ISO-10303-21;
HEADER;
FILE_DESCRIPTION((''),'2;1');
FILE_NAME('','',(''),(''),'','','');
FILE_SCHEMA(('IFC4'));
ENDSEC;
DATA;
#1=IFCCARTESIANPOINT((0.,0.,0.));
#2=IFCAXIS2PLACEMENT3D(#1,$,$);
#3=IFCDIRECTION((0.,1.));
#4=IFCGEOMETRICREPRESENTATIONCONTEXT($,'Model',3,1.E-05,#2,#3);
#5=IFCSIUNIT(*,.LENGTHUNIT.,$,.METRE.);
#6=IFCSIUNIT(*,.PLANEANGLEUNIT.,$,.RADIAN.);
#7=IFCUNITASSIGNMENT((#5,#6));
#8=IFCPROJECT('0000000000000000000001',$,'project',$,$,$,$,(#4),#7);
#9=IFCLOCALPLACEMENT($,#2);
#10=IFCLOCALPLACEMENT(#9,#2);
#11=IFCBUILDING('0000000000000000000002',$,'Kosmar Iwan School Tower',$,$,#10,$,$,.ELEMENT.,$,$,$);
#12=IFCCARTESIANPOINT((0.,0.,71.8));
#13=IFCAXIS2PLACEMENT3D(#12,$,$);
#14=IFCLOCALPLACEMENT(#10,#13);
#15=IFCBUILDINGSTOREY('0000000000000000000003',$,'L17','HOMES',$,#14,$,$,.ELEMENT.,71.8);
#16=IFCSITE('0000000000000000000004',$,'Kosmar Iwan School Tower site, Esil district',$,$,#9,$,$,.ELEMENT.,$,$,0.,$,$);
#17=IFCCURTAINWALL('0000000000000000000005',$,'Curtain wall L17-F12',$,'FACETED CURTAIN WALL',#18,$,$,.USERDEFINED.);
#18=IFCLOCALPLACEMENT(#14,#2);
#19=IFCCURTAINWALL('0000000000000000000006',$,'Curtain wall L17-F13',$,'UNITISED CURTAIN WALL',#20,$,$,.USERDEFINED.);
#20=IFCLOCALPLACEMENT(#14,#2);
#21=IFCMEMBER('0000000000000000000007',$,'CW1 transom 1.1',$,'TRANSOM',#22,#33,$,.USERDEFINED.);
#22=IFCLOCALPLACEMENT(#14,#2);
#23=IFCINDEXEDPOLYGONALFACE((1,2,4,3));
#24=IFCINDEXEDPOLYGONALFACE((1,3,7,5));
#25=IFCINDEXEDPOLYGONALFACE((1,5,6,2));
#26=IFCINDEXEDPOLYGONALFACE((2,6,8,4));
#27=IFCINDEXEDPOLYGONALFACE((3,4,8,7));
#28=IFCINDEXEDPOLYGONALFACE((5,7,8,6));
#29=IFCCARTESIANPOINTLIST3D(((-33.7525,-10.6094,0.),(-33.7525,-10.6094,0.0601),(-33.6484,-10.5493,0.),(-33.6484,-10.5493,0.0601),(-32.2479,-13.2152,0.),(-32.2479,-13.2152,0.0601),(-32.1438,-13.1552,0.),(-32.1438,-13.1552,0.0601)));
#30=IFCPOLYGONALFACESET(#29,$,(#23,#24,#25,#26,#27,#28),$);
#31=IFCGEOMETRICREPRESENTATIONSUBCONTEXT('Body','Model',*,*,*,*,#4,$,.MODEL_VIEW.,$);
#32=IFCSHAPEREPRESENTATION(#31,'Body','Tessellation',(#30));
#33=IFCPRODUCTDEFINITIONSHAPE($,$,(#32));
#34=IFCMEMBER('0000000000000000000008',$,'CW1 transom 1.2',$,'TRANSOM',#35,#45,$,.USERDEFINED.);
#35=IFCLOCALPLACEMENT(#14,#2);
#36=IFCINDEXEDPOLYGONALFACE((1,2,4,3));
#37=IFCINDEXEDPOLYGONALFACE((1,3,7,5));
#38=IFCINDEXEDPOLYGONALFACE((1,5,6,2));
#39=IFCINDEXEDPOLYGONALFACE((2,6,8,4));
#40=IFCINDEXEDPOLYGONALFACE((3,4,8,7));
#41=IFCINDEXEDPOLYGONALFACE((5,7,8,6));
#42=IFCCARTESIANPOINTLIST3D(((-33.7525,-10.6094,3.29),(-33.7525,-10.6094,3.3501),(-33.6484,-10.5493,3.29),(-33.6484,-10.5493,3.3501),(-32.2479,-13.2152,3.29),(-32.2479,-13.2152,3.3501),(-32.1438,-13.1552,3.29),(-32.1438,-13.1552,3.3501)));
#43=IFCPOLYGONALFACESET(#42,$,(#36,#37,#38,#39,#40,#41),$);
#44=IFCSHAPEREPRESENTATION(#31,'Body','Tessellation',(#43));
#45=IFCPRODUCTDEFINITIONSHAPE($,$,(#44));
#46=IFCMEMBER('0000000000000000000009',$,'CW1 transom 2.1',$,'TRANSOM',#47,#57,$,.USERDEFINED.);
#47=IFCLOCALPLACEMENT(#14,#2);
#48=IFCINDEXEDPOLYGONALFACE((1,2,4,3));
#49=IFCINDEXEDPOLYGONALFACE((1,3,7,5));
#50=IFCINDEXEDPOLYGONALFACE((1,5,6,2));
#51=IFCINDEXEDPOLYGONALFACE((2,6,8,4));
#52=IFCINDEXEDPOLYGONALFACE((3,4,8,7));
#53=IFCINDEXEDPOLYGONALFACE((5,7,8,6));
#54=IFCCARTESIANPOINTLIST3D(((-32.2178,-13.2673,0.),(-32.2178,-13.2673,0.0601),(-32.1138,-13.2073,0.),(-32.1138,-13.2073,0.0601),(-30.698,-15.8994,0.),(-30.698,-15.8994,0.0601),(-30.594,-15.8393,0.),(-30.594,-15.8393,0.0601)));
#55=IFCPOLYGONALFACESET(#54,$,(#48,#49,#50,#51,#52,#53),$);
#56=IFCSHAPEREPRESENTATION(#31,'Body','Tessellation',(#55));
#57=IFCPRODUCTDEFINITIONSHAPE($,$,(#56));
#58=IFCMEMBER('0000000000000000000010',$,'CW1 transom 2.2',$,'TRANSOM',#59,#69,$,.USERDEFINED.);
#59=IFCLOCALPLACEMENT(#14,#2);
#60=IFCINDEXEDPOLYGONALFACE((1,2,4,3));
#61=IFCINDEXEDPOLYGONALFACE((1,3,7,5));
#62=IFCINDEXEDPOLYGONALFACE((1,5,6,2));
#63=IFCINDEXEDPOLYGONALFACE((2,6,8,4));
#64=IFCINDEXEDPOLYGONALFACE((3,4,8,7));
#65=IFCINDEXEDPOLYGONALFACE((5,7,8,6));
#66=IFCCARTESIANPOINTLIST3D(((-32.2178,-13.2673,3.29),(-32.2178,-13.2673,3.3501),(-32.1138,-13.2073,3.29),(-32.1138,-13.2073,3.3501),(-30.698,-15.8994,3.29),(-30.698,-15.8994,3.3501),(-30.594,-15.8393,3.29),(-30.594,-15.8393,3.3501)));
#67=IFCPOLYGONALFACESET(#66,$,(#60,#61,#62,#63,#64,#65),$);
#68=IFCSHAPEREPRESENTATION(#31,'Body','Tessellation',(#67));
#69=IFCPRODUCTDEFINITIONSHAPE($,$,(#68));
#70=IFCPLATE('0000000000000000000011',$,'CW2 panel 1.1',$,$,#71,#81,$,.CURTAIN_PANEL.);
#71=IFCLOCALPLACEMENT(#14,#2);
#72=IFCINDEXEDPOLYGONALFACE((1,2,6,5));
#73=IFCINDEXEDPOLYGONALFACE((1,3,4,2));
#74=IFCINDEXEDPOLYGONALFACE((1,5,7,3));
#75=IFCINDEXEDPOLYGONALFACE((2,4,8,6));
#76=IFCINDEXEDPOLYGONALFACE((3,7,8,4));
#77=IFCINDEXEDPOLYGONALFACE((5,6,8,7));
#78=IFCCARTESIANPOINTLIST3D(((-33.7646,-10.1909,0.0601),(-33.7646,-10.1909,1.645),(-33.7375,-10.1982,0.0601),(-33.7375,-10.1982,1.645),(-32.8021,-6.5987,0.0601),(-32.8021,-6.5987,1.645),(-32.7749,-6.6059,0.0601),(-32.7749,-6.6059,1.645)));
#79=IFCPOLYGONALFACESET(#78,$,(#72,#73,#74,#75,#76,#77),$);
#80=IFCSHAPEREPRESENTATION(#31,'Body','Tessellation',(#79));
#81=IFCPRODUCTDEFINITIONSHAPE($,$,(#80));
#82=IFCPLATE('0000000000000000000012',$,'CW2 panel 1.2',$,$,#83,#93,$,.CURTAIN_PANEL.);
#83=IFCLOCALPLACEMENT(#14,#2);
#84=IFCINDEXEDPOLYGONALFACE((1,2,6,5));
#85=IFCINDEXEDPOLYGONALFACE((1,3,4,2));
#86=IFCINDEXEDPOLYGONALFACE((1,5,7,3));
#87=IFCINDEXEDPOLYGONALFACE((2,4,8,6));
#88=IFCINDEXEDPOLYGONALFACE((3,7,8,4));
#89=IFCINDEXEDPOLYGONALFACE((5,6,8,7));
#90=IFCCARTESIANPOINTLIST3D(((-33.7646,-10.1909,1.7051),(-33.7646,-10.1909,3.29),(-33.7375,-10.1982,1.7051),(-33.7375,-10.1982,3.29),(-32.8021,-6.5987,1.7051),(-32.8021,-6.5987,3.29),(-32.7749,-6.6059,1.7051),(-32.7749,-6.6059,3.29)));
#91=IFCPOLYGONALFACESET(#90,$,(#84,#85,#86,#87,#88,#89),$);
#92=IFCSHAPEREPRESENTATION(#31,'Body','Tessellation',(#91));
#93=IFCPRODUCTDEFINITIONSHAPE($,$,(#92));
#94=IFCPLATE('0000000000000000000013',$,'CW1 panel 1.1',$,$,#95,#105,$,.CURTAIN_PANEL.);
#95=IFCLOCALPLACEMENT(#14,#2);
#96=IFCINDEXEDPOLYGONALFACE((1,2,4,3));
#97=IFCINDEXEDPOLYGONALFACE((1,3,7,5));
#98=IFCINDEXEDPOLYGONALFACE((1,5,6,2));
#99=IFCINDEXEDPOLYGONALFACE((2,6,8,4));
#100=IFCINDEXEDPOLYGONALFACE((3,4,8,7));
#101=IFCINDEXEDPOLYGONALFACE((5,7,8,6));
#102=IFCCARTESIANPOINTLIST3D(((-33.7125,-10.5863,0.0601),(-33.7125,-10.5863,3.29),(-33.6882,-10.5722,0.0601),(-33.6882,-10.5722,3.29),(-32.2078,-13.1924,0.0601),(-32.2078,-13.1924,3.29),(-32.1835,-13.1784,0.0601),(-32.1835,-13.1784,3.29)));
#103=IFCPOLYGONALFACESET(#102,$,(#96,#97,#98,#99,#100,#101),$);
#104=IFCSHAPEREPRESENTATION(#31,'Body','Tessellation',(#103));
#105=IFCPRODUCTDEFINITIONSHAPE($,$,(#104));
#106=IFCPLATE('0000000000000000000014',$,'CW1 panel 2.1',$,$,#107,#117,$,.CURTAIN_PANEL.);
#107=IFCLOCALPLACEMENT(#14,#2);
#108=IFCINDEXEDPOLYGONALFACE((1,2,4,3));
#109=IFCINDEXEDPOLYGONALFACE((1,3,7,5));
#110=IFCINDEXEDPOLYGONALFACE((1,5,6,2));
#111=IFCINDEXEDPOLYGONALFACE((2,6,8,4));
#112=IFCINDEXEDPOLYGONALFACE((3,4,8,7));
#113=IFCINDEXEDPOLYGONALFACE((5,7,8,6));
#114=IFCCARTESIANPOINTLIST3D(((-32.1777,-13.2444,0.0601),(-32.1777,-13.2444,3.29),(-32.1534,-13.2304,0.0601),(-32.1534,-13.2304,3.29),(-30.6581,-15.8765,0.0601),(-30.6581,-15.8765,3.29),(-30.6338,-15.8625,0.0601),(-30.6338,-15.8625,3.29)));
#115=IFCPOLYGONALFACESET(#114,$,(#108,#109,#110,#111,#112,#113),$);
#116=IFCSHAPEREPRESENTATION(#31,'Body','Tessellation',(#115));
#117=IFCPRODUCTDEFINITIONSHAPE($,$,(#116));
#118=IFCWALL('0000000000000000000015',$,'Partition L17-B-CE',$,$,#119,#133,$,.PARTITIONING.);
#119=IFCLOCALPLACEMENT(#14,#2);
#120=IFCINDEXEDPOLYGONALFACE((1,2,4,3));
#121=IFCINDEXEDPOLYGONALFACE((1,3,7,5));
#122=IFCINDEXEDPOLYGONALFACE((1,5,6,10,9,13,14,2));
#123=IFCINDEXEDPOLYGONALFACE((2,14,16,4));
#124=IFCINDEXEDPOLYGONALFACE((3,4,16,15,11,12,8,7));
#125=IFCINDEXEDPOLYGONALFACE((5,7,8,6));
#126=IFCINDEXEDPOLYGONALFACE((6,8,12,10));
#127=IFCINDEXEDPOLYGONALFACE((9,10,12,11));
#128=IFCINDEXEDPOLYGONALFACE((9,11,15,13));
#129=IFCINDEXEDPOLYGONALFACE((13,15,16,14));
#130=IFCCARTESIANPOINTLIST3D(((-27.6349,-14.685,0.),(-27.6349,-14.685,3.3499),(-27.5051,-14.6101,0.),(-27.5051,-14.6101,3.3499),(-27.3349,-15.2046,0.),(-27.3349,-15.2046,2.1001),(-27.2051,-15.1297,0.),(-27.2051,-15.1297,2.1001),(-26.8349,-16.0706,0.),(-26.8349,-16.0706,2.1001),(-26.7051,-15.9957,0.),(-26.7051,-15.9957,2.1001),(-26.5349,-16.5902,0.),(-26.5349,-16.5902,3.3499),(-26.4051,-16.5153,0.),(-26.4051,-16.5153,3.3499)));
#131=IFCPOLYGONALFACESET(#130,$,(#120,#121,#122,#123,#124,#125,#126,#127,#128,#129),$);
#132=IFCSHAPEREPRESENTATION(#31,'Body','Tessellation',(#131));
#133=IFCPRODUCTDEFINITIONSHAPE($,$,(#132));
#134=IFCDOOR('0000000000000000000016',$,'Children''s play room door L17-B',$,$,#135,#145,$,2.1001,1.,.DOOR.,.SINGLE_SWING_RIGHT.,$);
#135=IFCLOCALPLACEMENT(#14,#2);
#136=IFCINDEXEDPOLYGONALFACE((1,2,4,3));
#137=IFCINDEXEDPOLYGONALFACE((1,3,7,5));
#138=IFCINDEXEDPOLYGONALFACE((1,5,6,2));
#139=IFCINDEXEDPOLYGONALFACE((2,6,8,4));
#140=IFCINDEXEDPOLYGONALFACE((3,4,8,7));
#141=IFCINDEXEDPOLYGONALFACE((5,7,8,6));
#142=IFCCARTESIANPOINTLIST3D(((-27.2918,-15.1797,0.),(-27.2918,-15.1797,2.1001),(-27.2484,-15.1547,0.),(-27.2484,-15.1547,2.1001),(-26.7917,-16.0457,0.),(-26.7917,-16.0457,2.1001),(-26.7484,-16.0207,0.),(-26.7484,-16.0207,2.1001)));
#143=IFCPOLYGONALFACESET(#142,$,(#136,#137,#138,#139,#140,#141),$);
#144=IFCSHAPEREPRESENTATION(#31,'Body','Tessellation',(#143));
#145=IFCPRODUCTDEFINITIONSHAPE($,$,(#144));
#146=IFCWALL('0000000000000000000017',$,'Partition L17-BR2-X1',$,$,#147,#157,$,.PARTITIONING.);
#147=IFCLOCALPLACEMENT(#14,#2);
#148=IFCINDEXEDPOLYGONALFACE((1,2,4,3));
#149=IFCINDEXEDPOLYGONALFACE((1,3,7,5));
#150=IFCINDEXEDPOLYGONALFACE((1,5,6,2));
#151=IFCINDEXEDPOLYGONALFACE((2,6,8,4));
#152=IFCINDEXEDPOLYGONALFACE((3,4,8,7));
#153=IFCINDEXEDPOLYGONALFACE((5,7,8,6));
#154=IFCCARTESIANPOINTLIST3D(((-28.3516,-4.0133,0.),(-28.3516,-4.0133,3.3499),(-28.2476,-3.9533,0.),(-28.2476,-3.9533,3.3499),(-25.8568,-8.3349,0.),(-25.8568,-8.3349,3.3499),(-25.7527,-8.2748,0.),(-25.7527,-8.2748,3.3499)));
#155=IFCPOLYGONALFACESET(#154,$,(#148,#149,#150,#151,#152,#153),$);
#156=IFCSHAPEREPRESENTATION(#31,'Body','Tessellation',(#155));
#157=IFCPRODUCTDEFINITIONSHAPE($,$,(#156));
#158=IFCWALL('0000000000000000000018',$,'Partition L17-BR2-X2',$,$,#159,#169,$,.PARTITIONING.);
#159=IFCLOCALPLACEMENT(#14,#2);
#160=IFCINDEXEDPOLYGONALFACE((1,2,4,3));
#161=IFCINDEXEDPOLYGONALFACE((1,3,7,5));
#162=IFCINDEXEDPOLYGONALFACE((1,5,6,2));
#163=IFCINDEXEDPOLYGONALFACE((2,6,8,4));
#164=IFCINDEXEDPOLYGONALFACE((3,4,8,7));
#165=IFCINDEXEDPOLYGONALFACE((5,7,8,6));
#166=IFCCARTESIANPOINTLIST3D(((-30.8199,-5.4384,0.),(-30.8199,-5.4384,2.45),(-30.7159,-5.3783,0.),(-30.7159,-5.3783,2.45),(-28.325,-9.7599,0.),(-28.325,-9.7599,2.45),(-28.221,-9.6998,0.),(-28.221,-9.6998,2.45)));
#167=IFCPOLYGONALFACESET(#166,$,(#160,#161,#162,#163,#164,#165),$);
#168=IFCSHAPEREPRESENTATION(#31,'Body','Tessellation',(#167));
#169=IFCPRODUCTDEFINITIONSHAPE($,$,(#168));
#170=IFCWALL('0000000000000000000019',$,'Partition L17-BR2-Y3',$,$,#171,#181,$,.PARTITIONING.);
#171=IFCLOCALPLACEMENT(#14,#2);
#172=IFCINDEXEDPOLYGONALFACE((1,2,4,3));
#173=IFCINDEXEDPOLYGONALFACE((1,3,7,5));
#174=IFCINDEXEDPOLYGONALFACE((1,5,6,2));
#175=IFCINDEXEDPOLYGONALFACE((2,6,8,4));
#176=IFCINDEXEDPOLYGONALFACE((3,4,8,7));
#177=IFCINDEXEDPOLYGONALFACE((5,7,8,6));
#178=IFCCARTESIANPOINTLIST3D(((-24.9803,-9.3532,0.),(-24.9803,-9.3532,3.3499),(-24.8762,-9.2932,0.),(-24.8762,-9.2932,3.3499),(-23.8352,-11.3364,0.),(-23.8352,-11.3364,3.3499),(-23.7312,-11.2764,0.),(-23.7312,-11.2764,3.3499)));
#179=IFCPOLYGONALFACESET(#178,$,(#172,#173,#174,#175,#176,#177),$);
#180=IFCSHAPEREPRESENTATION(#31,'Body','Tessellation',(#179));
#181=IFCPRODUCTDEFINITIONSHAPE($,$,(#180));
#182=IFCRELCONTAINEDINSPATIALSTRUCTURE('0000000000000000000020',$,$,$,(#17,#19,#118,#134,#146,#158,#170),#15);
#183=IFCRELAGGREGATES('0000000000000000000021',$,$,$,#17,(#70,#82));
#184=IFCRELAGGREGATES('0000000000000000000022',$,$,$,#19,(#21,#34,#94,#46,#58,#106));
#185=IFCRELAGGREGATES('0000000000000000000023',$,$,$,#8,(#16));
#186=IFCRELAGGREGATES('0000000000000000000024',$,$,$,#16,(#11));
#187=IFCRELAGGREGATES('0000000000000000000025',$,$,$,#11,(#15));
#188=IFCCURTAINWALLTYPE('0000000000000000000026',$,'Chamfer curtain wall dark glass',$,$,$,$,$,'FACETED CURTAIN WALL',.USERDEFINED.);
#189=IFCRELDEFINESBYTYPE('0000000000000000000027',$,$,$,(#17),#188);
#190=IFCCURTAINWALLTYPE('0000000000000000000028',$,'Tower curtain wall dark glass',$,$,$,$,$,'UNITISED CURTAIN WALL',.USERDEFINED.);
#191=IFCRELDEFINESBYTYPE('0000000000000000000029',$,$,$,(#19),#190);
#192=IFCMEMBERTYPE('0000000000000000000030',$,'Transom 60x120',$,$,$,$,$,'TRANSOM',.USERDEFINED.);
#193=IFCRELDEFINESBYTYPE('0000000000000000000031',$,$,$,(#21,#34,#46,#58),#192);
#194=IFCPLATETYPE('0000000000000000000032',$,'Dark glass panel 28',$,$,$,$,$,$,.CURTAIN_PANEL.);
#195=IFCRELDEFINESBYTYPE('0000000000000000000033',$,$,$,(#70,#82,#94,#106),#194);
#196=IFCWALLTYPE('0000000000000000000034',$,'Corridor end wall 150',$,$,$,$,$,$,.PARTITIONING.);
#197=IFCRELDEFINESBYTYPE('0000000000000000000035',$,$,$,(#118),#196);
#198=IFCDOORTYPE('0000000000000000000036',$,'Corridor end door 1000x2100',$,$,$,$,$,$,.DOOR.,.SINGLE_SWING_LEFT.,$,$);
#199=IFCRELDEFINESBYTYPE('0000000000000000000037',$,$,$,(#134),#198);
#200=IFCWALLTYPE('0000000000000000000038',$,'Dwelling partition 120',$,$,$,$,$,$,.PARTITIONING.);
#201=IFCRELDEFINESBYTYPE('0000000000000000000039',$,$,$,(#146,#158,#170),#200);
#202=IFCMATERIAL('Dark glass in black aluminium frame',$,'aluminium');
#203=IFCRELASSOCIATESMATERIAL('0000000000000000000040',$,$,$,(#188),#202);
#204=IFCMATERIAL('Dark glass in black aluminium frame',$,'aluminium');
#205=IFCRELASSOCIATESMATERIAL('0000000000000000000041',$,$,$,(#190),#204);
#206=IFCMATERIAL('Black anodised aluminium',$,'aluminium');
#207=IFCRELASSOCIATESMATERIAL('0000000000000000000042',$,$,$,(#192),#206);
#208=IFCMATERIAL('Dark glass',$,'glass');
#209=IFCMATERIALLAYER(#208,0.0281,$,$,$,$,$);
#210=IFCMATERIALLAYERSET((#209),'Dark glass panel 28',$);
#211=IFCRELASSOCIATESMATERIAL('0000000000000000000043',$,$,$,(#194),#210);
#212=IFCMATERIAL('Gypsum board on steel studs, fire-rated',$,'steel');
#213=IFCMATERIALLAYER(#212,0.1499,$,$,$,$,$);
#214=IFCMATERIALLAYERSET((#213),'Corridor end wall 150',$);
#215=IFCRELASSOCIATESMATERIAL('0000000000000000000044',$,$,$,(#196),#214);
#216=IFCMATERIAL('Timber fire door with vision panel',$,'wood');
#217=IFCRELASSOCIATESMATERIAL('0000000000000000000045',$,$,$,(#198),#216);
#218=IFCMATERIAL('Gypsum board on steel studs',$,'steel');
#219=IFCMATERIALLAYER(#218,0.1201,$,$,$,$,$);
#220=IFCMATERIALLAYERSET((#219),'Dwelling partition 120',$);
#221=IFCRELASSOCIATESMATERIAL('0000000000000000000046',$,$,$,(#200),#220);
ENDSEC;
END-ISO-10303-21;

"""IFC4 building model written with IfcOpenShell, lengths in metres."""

from ifc_helpers import new_model, si_unit, direction, frame, frame_2d, origin, origin_2d, place, context, subcontext, project, spatial, rectangle, extrude, material, layer, layer_set, material_profile, profile_set, type_object, element, fill, aggregate, save


model = new_model("IFC4")

# Units and contexts
model_context = context("Model", 3, precision=1e-05, world=origin(), true_north=direction((0.0, 1.0)))
body_context = subcontext(model_context, "Body", "Model", "MODEL_VIEW")
ifc_project = project(units=[si_unit("LENGTHUNIT", "METRE"), si_unit("PLANEANGLEUNIT", "RADIAN")], contexts=[model_context])

# Site, building, storey
site_placement = place(None, origin())
site = spatial("IfcSite", under=ifc_project, at=site_placement, Name="Kosmar Iwan School Tower site, Esil district", CompositionType="ELEMENT", RefElevation=0.0)
building_placement = place(site_placement, origin())
building = spatial("IfcBuilding", under=site, at=building_placement, Name="Kosmar Iwan School Tower", CompositionType="ELEMENT")
storey_placement = place(building_placement, frame((0.0, 0.0, 71.8)))
storey = spatial("IfcBuildingStorey", under=building, at=storey_placement, Name="L17", Description="HOMES", CompositionType="ELEMENT", Elevation=71.8)

# Curtain walls
ifc_material_1 = material(Name="Dark glass in black aluminium frame", Category="aluminium")
curtain_wall_type_1 = type_object("IfcCurtainWallType", Name="Chamfer curtain wall dark glass", ElementType="FACETED CURTAIN WALL", PredefinedType="USERDEFINED", material=ifc_material_1)
curtain_wall_1_placement = place(storey_placement, origin())
curtain_wall_1 = element("IfcCurtainWall", 1, at=curtain_wall_1_placement, inside=storey, type_object=curtain_wall_type_1, Name="Curtain wall L17-F12", ObjectType="FACETED CURTAIN WALL", PredefinedType="USERDEFINED")
ifc_material_2 = material(Name="Dark glass in black aluminium frame", Category="aluminium")
curtain_wall_type_2 = type_object("IfcCurtainWallType", Name="Tower curtain wall dark glass", ElementType="UNITISED CURTAIN WALL", PredefinedType="USERDEFINED", material=ifc_material_2)
curtain_wall_2_placement = place(storey_placement, origin())
curtain_wall_2 = element("IfcCurtainWall", 2, at=curtain_wall_2_placement, inside=storey, type_object=curtain_wall_type_2, Name="Curtain wall L17-F13", ObjectType="UNITISED CURTAIN WALL", PredefinedType="USERDEFINED")

# Members
ifc_material_3 = material(Name="Black anodised aluminium", Category="aluminium")
ifc_material_profile_1 = material_profile(ifc_material_3, rectangle(XDim=0.1201, YDim=0.0601, at=origin_2d()), Name="TRANSOM 60x120")
ifc_profile_set_1 = profile_set([ifc_material_profile_1], Name="Black anodised aluminium")
member_type_1 = type_object("IfcMemberType", Name="Transom 60x120", ElementType="TRANSOM", PredefinedType="USERDEFINED", material=ifc_profile_set_1)
member_1_placement = place(storey_placement, frame((-33.7004, -10.5793, 0.03), z_axis=(0.500022, -0.866013, 0.0), x_axis=(0.866013, 0.500022, 0.0)))
member_1 = element("IfcMember", 3, at=member_1_placement, type_object=member_type_1, Name="CW1 transom 1.1", ObjectType="TRANSOM", PredefinedType="USERDEFINED", context=body_context, shape_type="SweptSolid", body=[
    extrude(rectangle(XDim=0.1201, YDim=0.0601, at=origin_2d()), origin(), (0.0, 0.0, 1.0), 3.009),
])
member_2_placement = place(storey_placement, frame((-33.7004, -10.5793, 3.3201), z_axis=(0.500022, -0.866013, 0.0), x_axis=(0.866013, 0.500022, 0.0)))
member_2 = element("IfcMember", 4, at=member_2_placement, type_object=member_type_1, Name="CW1 transom 1.2", ObjectType="TRANSOM", PredefinedType="USERDEFINED", context=body_context, shape_type="SweptSolid", body=[
    extrude(rectangle(XDim=0.1201, YDim=0.0601, at=origin_2d()), origin(), (0.0, 0.0, 1.0), 3.009),
])
member_3_placement = place(storey_placement, frame((-32.1658, -13.2373, 0.03), z_axis=(0.500035, -0.866005, 0.0), x_axis=(0.866005, 0.500035, 0.0)))
member_3 = element("IfcMember", 5, at=member_3_placement, type_object=member_type_1, Name="CW1 transom 2.1", ObjectType="TRANSOM", PredefinedType="USERDEFINED", context=body_context, shape_type="SweptSolid", body=[
    extrude(rectangle(XDim=0.1201, YDim=0.0601, at=origin_2d()), origin(), (0.0, 0.0, 1.0), 3.0393),
])
member_4_placement = place(storey_placement, frame((-32.1658, -13.2373, 3.3201), z_axis=(0.500035, -0.866005, 0.0), x_axis=(0.866005, 0.500035, 0.0)))
member_4 = element("IfcMember", 6, at=member_4_placement, type_object=member_type_1, Name="CW1 transom 2.2", ObjectType="TRANSOM", PredefinedType="USERDEFINED", context=body_context, shape_type="SweptSolid", body=[
    extrude(rectangle(XDim=0.1201, YDim=0.0601, at=origin_2d()), origin(), (0.0, 0.0, 1.0), 3.0393),
])

# Plates
ifc_material_4 = material(Name="Dark glass", Category="glass")
ifc_layer_1 = layer(ifc_material_4, 0.0281)
ifc_layer_set_1 = layer_set([ifc_layer_1], Name="Dark glass panel 28")
plate_type = type_object("IfcPlateType", Name="Dark glass panel 28", PredefinedType="CURTAIN_PANEL", material=ifc_layer_set_1)
plate_1_placement = place(storey_placement, frame((-33.2698, -8.3984, 0.0601), z_axis=(0.0, 0.0, 1.0), x_axis=(-0.258819, -0.965926, 0.0)))
plate_1 = element("IfcPlate", 7, at=plate_1_placement, type_object=plate_type, Name="CW2 panel 1.1", PredefinedType="CURTAIN_PANEL", context=body_context, shape_type="SweptSolid", body=[
    extrude(rectangle(XDim=3.719, YDim=0.0281, at=origin_2d()), origin(), (0.0, 0.0, 1.0), 1.585),
])
plate_2_placement = place(storey_placement, frame((-33.2698, -8.3984, 1.7051), z_axis=(0.0, 0.0, 1.0), x_axis=(-0.258819, -0.965926, 0.0)))
plate_2 = element("IfcPlate", 8, at=plate_2_placement, type_object=plate_type, Name="CW2 panel 1.2", PredefinedType="CURTAIN_PANEL", context=body_context, shape_type="SweptSolid", body=[
    extrude(rectangle(XDim=3.719, YDim=0.0281, at=origin_2d()), origin(), (0.0, 0.0, 1.0), 1.585),
])
aggregate(curtain_wall_1, [plate_1, plate_2])
plate_3_placement = place(storey_placement, frame((-32.948, -11.8823, 0.0601), z_axis=(0.0, 0.0, 1.0), x_axis=(0.5, -0.866025, 0.0)))
plate_3 = element("IfcPlate", 9, at=plate_3_placement, type_object=plate_type, Name="CW1 panel 1.1", PredefinedType="CURTAIN_PANEL", context=body_context, shape_type="SweptSolid", body=[
    extrude(rectangle(XDim=3.0093, YDim=0.0281, at=origin_2d()), origin(), (0.0, 0.0, 1.0), 3.23),
])
plate_4_placement = place(storey_placement, frame((-31.4058, -14.5535, 0.0601), z_axis=(0.0, 0.0, 1.0), x_axis=(0.5, -0.866025, 0.0)))
plate_4 = element("IfcPlate", 10, at=plate_4_placement, type_object=plate_type, Name="CW1 panel 2.1", PredefinedType="CURTAIN_PANEL", context=body_context, shape_type="SweptSolid", body=[
    extrude(rectangle(XDim=3.0393, YDim=0.0281, at=origin_2d()), origin(), (0.0, 0.0, 1.0), 3.23),
])
aggregate(curtain_wall_2, [member_1, member_2, plate_3, member_3, member_4, plate_4])

# Wall, opening, door
ifc_material_5 = material(Name="Gypsum board on steel studs, fire-rated", Category="steel")
ifc_layer_2 = layer(ifc_material_5, 0.1499)
ifc_layer_set_2 = layer_set([ifc_layer_2], Name="Corridor end wall 150")
wall_type_1 = type_object("IfcWallType", Name="Corridor end wall 150", PredefinedType="PARTITIONING", material=ifc_layer_set_2)
wall_1_placement = place(storey_placement, frame((-27.5701, -14.6475, 0.0), z_axis=(0.0, 0.0, 1.0), x_axis=(0.50003, -0.866008, 0.0)))
wall_1 = element("IfcWall", 11, at=wall_1_placement, inside=storey, type_object=wall_type_1, Name="Partition L17-B-CE", PredefinedType="PARTITIONING", context=body_context, shape_type="SweptSolid", body=[
    extrude(rectangle(XDim=2.2, YDim=0.1499, at=frame_2d((1.1001, 0.0))), origin(), (0.0, 0.0, 1.0), 3.3499),
])
opening_placement = place(wall_1_placement, frame((0.6001, 0.0, 0.0)))
opening = element("IfcOpeningElement", 12, at=opening_placement, cuts=wall_1, PredefinedType="OPENING", context=body_context, shape_type="SweptSolid", body=[
    extrude(rectangle(XDim=1.0, YDim=2.1001, at=frame_2d((0.5, 1.05))), frame((0.0, 0.0869, 0.0), z_axis=(0.0, -1.0, 0.0), x_axis=(1.0, 0.0, 0.0)), (0.0, 0.0, 1.0), 0.1738),
])
ifc_material_6 = material(Name="Timber fire door with vision panel", Category="wood")
door_type = type_object("IfcDoorType", Name="Corridor end door 1000x2100", OperationType="SINGLE_SWING_LEFT", PredefinedType="DOOR", material=ifc_material_6)
door_placement = place(opening_placement, origin())
door = element("IfcDoor", 13, at=door_placement, inside=storey, type_object=door_type, Name="Children's play room door L17-B", OperationType="SINGLE_SWING_RIGHT", OverallHeight=2.1001, OverallWidth=1.0, PredefinedType="DOOR", context=body_context, shape_type="SweptSolid", body=[
    extrude(rectangle(XDim=1.0, YDim=2.1001, at=frame_2d((0.5, 1.05))), frame((0.0, 0.0249, 0.0), z_axis=(0.0, -1.0, 0.0), x_axis=(1.0, 0.0, 0.0)), (0.0, 0.0, 1.0), 0.05),
])
fill(opening, door)

# Walls
ifc_material_7 = material(Name="Gypsum board on steel studs", Category="steel")
ifc_layer_3 = layer(ifc_material_7, 0.1201)
ifc_layer_set_3 = layer_set([ifc_layer_3], Name="Dwelling partition 120")
wall_type_2 = type_object("IfcWallType", Name="Dwelling partition 120", PredefinedType="PARTITIONING", material=ifc_layer_set_3)
wall_2_placement = place(storey_placement, frame((-25.8047, -8.3049, 0.0), z_axis=(0.0, 0.0, 1.0), x_axis=(-0.499975, 0.86604, 0.0)))
element("IfcWall", 14, at=wall_2_placement, inside=storey, type_object=wall_type_2, Name="Partition L17-BR2-X1", PredefinedType="PARTITIONING", context=body_context, shape_type="SweptSolid", body=[
    extrude(rectangle(XDim=4.99, YDim=0.1201, at=frame_2d((2.4951, 0.0))), origin(), (0.0, 0.0, 1.0), 3.3499),
])
wall_3_placement = place(storey_placement, frame((-28.2729, -9.73, 0.0), z_axis=(0.0, 0.0, 1.0), x_axis=(-0.499975, 0.86604, 0.0)))
element("IfcWall", 15, at=wall_3_placement, inside=storey, type_object=wall_type_2, Name="Partition L17-BR2-X2", PredefinedType="PARTITIONING", context=body_context, shape_type="SweptSolid", body=[
    extrude(rectangle(XDim=4.99, YDim=0.1201, at=frame_2d((2.4951, 0.0))), origin(), (0.0, 0.0, 1.0), 2.45),
])
wall_4_placement = place(storey_placement, frame((-23.7832, -11.3064, 0.0), z_axis=(0.0, 0.0, 1.0), x_axis=(-0.500015, 0.866017, 0.0)))
element("IfcWall", 16, at=wall_4_placement, inside=storey, type_object=wall_type_2, Name="Partition L17-BR2-Y3", PredefinedType="PARTITIONING", context=body_context, shape_type="SweptSolid", body=[
    extrude(rectangle(XDim=2.29, YDim=0.1201, at=frame_2d((1.145, 0.0))), origin(), (0.0, 0.0, 1.0), 3.3499),
])

save(model, "model.ifc")
